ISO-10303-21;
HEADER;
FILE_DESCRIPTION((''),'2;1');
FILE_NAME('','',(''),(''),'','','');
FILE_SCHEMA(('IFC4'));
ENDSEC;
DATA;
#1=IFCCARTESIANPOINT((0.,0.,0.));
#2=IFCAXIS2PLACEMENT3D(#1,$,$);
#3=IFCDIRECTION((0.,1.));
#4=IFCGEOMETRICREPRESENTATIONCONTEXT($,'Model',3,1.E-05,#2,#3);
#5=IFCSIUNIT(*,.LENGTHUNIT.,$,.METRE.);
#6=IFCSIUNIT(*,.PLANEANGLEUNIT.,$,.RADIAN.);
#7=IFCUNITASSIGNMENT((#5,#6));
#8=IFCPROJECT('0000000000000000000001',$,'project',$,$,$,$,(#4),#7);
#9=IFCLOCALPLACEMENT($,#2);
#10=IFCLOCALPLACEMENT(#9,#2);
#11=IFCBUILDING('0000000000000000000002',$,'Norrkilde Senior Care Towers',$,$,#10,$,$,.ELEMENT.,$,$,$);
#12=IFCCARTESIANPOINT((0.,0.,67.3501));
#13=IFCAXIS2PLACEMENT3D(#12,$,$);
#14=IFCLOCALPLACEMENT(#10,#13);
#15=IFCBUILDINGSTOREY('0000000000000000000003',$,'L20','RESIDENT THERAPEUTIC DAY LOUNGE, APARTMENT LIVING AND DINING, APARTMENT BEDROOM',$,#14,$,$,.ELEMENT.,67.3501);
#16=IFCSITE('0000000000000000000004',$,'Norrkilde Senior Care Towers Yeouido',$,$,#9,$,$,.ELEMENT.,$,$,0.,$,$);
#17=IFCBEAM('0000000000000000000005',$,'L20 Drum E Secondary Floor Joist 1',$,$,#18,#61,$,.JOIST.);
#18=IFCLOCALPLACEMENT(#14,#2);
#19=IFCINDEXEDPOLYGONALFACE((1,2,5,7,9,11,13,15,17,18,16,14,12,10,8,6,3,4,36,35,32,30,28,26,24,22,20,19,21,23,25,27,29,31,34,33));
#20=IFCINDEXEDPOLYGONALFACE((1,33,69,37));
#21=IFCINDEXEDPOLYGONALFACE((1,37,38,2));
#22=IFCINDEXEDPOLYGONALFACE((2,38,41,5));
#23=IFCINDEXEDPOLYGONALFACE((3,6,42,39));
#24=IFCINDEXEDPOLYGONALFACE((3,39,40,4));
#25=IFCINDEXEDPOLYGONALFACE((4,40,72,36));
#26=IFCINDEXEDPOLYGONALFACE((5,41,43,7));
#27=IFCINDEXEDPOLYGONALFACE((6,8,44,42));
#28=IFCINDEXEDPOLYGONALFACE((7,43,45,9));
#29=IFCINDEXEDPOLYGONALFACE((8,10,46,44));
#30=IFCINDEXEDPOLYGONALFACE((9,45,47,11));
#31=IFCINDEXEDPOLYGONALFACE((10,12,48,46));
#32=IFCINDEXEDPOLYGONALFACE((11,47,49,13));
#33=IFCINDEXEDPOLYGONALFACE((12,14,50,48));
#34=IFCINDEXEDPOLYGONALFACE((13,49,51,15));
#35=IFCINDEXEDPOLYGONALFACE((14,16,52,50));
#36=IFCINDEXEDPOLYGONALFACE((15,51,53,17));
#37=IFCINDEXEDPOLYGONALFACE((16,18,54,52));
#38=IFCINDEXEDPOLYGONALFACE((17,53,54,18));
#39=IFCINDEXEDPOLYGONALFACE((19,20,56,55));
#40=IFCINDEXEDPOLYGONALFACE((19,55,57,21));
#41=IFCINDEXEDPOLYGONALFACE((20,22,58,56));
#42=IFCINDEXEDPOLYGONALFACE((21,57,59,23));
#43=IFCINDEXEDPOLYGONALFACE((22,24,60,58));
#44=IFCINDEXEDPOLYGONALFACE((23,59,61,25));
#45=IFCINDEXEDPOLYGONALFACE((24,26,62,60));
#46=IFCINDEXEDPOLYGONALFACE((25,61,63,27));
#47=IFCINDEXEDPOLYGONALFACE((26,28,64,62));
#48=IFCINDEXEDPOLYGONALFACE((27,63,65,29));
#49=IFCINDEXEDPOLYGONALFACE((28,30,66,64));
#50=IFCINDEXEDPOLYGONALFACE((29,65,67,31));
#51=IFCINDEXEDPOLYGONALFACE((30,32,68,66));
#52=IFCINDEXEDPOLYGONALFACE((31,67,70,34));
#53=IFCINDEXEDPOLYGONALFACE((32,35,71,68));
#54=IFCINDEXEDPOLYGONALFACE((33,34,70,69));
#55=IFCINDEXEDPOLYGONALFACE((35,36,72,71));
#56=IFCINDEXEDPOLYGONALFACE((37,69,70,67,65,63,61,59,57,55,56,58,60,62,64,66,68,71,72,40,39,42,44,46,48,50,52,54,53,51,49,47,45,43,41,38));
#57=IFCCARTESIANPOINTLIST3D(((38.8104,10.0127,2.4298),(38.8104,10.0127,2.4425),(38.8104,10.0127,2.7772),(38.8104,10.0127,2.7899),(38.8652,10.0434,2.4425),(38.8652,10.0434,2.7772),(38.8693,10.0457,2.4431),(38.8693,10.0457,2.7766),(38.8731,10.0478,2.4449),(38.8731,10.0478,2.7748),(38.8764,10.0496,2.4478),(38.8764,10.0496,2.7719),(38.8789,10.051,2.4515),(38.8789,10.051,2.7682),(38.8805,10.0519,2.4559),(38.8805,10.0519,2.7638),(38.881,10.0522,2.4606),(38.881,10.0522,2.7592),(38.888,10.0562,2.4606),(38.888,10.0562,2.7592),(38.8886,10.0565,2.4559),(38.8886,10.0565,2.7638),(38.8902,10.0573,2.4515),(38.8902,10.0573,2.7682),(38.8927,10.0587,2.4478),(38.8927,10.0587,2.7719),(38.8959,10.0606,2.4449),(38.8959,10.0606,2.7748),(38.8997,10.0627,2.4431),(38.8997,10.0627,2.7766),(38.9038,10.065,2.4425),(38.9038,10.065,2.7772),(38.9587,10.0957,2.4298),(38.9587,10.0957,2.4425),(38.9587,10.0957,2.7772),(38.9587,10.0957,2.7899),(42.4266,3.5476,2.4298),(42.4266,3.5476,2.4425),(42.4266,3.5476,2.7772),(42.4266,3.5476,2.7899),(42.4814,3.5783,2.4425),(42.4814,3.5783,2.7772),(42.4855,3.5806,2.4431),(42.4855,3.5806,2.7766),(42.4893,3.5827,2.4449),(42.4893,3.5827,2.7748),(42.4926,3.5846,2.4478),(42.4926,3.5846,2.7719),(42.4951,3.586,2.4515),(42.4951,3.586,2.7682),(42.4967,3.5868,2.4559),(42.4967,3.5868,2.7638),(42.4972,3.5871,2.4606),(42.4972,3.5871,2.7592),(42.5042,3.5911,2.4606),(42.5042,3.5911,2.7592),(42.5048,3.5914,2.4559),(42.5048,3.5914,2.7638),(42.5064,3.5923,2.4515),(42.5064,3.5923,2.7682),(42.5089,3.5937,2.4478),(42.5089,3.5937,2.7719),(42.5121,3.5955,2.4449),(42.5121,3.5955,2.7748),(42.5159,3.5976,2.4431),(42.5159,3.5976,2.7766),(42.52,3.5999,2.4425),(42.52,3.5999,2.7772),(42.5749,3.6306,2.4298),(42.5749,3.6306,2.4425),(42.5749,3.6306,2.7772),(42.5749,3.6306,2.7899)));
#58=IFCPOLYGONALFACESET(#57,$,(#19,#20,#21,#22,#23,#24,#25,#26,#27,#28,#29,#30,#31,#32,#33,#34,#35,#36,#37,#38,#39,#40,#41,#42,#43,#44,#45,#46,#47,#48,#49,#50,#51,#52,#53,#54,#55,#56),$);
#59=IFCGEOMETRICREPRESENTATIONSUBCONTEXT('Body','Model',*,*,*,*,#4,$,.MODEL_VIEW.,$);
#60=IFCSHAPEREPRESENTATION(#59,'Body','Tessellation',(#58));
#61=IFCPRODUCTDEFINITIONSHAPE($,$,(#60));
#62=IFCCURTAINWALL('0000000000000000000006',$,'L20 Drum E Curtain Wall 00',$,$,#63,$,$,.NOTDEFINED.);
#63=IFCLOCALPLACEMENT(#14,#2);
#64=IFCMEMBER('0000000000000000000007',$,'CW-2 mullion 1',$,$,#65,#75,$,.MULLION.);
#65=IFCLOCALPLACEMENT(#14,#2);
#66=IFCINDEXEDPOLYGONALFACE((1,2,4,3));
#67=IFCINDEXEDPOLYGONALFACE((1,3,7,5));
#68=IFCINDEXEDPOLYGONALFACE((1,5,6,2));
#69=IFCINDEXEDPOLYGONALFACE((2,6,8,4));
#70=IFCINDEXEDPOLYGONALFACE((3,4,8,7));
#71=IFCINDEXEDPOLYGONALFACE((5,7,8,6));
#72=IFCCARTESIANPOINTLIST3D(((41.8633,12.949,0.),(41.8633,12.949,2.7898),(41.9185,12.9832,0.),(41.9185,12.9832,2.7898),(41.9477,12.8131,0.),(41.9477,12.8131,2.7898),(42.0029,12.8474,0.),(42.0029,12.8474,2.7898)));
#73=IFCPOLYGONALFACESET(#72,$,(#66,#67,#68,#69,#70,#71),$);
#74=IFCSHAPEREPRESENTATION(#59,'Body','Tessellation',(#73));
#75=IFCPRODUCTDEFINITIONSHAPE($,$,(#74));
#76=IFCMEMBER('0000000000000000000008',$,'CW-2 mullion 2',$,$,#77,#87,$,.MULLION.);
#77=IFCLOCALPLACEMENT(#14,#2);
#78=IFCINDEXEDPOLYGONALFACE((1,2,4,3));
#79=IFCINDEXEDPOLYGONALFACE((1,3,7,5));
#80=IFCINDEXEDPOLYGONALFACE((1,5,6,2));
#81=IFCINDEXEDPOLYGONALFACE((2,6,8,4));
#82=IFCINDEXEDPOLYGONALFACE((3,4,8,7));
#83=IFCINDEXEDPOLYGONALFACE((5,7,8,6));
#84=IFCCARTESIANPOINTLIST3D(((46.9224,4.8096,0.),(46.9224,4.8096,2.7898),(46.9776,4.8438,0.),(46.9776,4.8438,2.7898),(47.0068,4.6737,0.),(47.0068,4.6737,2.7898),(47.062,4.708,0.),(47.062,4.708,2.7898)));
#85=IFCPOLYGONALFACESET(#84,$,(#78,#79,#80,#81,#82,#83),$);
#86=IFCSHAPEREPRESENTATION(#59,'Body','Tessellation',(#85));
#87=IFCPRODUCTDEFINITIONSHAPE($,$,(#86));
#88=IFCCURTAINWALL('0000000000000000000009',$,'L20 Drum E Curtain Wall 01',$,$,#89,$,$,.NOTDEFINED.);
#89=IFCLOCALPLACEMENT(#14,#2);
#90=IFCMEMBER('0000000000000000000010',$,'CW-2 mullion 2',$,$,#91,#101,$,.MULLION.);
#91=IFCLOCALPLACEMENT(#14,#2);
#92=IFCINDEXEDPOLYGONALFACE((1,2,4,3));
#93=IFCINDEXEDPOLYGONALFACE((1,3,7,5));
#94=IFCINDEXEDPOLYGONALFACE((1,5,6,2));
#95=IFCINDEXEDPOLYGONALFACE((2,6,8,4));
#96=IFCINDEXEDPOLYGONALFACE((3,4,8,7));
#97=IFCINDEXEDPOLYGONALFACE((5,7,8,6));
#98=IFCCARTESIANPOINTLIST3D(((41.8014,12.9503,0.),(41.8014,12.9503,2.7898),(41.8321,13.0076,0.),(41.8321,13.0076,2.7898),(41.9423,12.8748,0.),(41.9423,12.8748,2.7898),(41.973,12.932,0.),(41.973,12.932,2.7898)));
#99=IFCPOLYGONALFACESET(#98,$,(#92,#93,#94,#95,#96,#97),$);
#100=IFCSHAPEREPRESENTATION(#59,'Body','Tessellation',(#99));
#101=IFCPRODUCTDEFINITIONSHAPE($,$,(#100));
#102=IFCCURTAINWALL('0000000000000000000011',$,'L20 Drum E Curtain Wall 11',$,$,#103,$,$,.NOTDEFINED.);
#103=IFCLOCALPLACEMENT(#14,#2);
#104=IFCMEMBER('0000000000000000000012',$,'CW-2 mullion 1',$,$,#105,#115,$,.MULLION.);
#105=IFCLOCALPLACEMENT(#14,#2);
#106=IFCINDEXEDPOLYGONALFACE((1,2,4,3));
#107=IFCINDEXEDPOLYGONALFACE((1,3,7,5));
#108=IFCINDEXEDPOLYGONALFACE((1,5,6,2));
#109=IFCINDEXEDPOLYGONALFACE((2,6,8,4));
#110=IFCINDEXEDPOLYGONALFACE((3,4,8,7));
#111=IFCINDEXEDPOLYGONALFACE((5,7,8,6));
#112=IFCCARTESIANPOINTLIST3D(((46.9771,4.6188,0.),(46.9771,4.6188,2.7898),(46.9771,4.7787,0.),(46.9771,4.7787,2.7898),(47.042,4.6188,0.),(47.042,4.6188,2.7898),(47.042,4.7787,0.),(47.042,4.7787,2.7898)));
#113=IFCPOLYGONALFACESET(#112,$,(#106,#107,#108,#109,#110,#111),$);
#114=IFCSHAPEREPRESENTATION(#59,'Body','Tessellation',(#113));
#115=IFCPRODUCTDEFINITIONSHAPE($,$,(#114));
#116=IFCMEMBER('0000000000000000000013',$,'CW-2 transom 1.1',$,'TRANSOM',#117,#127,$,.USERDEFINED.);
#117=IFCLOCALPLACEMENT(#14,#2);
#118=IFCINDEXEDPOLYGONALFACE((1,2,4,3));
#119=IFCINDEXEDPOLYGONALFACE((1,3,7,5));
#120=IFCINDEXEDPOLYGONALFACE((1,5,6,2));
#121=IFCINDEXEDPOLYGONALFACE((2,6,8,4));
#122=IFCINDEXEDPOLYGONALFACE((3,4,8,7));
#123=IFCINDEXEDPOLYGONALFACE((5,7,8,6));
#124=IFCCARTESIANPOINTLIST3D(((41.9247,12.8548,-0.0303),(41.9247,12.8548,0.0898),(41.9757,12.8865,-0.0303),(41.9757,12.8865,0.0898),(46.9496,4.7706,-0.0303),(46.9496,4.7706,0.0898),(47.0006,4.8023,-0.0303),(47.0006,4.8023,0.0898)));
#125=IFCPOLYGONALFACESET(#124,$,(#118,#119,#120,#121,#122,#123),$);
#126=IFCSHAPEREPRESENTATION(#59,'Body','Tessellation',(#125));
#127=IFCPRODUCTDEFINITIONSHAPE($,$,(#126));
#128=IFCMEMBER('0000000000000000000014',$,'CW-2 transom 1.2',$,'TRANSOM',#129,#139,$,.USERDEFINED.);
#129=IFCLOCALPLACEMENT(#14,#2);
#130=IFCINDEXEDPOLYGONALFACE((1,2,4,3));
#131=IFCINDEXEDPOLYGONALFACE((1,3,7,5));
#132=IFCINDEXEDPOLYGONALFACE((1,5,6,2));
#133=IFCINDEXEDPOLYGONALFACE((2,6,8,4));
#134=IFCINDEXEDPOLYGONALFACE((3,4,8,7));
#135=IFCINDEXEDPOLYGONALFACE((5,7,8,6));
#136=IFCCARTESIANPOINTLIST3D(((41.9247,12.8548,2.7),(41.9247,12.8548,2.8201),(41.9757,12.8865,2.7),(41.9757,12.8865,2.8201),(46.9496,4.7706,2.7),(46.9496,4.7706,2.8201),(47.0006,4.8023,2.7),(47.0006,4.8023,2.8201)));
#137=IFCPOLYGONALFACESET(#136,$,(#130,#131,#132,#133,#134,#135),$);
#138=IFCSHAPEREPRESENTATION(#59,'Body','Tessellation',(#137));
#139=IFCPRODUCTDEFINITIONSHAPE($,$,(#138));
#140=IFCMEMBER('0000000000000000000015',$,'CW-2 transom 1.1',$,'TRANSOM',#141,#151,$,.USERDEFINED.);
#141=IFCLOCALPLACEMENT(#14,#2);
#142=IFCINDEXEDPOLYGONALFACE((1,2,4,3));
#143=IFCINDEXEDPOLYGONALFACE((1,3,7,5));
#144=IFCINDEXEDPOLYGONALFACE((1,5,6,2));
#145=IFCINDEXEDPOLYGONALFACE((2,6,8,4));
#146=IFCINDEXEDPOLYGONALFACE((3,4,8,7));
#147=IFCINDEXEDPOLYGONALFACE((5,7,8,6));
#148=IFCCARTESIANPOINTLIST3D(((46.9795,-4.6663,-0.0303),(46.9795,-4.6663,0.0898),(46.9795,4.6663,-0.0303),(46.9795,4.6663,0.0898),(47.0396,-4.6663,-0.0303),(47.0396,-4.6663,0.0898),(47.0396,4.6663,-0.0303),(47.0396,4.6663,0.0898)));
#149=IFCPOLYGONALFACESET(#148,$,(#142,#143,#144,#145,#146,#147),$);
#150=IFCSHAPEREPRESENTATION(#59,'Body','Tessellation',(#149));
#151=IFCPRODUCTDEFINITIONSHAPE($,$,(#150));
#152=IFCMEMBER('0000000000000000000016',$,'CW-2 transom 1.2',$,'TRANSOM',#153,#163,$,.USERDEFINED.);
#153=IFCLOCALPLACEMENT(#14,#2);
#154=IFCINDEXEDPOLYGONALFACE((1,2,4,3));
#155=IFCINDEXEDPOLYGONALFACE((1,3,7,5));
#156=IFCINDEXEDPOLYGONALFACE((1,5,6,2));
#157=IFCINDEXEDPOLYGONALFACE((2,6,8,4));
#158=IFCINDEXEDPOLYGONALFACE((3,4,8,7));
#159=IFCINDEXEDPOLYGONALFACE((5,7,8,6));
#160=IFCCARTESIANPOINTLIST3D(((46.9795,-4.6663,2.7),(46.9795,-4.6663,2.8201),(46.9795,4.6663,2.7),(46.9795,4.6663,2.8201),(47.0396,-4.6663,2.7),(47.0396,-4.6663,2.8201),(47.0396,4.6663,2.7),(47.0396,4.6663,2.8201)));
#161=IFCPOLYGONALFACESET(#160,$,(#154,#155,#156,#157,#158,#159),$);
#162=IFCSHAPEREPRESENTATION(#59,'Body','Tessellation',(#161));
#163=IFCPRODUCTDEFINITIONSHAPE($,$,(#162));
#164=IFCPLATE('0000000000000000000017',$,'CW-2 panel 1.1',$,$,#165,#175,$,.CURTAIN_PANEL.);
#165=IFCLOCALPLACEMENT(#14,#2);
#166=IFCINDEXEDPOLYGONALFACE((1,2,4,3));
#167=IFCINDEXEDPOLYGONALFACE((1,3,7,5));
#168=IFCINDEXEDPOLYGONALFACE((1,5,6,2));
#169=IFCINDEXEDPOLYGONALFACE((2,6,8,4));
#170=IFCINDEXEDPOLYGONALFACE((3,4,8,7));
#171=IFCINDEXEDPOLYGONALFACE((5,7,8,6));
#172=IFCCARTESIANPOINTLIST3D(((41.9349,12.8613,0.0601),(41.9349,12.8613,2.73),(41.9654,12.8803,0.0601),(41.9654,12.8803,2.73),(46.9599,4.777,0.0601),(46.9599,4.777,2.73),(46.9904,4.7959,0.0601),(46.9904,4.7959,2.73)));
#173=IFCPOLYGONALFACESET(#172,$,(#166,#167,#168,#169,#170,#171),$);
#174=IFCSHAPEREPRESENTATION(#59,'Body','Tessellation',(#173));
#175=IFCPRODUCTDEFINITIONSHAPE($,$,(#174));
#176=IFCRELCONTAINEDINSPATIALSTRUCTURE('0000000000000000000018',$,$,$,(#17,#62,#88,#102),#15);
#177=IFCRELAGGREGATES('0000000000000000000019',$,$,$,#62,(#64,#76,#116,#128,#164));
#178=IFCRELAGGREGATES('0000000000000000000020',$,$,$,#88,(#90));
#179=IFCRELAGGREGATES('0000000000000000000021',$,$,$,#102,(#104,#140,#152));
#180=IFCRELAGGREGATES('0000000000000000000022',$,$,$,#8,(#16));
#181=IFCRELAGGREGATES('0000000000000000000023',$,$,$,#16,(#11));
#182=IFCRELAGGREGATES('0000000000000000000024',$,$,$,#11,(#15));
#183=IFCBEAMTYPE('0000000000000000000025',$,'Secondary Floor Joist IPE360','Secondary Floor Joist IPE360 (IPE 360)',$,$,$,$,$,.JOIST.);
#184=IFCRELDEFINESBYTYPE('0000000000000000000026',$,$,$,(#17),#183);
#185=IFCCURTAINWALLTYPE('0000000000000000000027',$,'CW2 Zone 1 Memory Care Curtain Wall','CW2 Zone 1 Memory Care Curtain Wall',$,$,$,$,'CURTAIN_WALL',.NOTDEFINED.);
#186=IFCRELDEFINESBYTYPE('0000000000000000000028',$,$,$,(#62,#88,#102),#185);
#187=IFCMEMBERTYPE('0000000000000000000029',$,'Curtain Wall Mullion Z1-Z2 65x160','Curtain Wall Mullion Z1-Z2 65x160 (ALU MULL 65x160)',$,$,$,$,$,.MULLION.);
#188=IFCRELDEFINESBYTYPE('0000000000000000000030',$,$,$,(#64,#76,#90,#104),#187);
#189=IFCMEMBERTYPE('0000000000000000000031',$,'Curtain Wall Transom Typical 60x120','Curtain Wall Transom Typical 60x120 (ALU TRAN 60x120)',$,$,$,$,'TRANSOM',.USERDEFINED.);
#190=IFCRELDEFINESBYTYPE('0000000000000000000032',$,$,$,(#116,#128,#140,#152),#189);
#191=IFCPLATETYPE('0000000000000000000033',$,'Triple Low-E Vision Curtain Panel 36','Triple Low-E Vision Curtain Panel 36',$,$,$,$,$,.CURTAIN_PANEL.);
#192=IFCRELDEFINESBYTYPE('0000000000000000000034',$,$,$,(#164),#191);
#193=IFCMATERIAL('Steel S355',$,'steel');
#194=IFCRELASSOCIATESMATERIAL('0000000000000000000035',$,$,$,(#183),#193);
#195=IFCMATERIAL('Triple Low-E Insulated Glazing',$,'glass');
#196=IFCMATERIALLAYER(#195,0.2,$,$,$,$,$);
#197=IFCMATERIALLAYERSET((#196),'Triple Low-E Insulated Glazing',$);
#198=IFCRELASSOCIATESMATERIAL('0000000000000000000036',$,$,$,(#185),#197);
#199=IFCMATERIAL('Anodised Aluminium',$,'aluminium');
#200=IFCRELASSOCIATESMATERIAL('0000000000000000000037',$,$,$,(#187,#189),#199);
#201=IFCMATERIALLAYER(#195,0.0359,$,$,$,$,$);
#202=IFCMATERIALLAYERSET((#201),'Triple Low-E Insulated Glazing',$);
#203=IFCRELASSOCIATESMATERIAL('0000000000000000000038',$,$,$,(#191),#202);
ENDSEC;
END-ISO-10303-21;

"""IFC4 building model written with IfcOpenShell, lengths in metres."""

from ifc_helpers import new_model, si_unit, direction, frame, origin, origin_2d, place, context, subcontext, project, spatial, rectangle, i_section, extrude, source, transform, mapped, material, layer, layer_set, material_profile, profile_set, type_object, type_shapes, element, aggregate, save


model = new_model("IFC4")

# Units and contexts
model_context = context("Model", 3, precision=1e-05, world=origin(), true_north=direction((0.0, 1.0)))
body_context = subcontext(model_context, "Body", "Model", "MODEL_VIEW")
ifc_project = project(units=[si_unit("LENGTHUNIT", "METRE"), si_unit("PLANEANGLEUNIT", "RADIAN")], contexts=[model_context])

# Site, building, storey
site_placement = place(None, origin())
site = spatial("IfcSite", under=ifc_project, at=site_placement, Name="Norrkilde Senior Care Towers Yeouido", CompositionType="ELEMENT", RefElevation=0.0)
building_placement = place(site_placement, origin())
building = spatial("IfcBuilding", under=site, at=building_placement, Name="Norrkilde Senior Care Towers", CompositionType="ELEMENT")
storey_placement = place(building_placement, frame((0.0, 0.0, 67.3501)))
storey = spatial("IfcBuildingStorey", under=building, at=storey_placement, Name="L20", Description="RESIDENT THERAPEUTIC DAY LOUNGE, APARTMENT LIVING AND DINING, APARTMENT BEDROOM", CompositionType="ELEMENT", Elevation=67.3501)

# Beam
ifc_material_1 = material(Name="Steel S355", Category="steel")
ifc_material_profile_1 = material_profile(ifc_material_1, i_section(OverallWidth=0.1699, OverallDepth=0.3601, WebThickness=0.0081, FlangeThickness=0.0127, FilletRadius=0.0181, at=origin_2d()), Name="IPE 360")
ifc_profile_set_1 = profile_set([ifc_material_profile_1], Name="Steel S355")
beam_type_1 = type_object("IfcBeamType", Name="Secondary Floor Joist IPE360", Description="Secondary Floor Joist IPE360 (IPE 360)", PredefinedType="JOIST", material=ifc_profile_set_1)
shared_shape_1 = source(origin(), body_context, "Body", "SweptSolid", [
    extrude(i_section(OverallWidth=0.1699, OverallDepth=0.3601, WebThickness=0.0081, FlangeThickness=0.0127, FilletRadius=0.0181, at=origin_2d()), origin(), (0.0, 0.0, 1.0), 7.4077),
])
type_shapes(beam_type_1, [shared_shape_1])
beam_1_placement = place(storey_placement, frame((42.5007, 3.5891, 2.6099), z_axis=(-0.488168, 0.87275, 0.0), x_axis=(-0.87275, -0.488168, 0.0)))
element("IfcBeam", 1, at=beam_1_placement, inside=storey, type_object=beam_type_1, Name="L20 Drum E Secondary Floor Joist 1", PredefinedType="JOIST", context=body_context, shape_type="MappedRepresentation", body=[
    mapped(shared_shape_1, transform((0.0, 0.0, 0.0), x_axis=(1.0, 0.0, 0.0), y_axis=(0.0, 1.0, 0.0), z_axis=(0.0, 0.0, 1.0), scale=1.0)),
])

# Curtain wall, members
ifc_material_2 = material(Name="Triple Low-E Insulated Glazing", Category="glass")
ifc_layer_1 = layer(ifc_material_2, 0.2)
ifc_layer_set_1 = layer_set([ifc_layer_1], Name="Triple Low-E Insulated Glazing")
curtain_wall_type = type_object("IfcCurtainWallType", Name="CW2 Zone 1 Memory Care Curtain Wall", Description="CW2 Zone 1 Memory Care Curtain Wall", ElementType="CURTAIN_WALL", PredefinedType="NOTDEFINED", material=ifc_layer_set_1)
curtain_wall_1_placement = place(storey_placement, origin())
curtain_wall_1 = element("IfcCurtainWall", 2, at=curtain_wall_1_placement, inside=storey, type_object=curtain_wall_type, Name="L20 Drum E Curtain Wall 00", PredefinedType="NOTDEFINED")
ifc_material_3 = material(Name="Anodised Aluminium", Category="aluminium")
ifc_material_profile_2 = material_profile(ifc_material_3, rectangle(XDim=0.0649, YDim=0.1599, at=origin_2d()), Name="ALU MULL 65x160")
ifc_profile_set_2 = profile_set([ifc_material_profile_2], Name="Anodised Aluminium")
member_type_1 = type_object("IfcMemberType", Name="Curtain Wall Mullion Z1-Z2 65x160", Description="Curtain Wall Mullion Z1-Z2 65x160 (ALU MULL 65x160)", PredefinedType="MULLION", material=ifc_profile_set_2)
shared_shape_2 = source(origin(), body_context, "Body", "SweptSolid", [
    extrude(rectangle(XDim=0.0649, YDim=0.1599, at=origin_2d()), origin(), (0.0, 0.0, 1.0), 2.7898),
])
type_shapes(member_type_1, [shared_shape_2])
member_1_placement = place(storey_placement, frame((41.9331, 12.8982, 0.0), z_axis=(0.0, 0.0, 1.0), x_axis=(0.849306, 0.527901, 0.0)))
member_1 = element("IfcMember", 3, at=member_1_placement, type_object=member_type_1, Name="CW-2 mullion 1", PredefinedType="MULLION", context=body_context, shape_type="MappedRepresentation", body=[
    mapped(shared_shape_2, transform((0.0, 0.0, 0.0), x_axis=(1.0, 0.0, 0.0), y_axis=(0.0, 1.0, 0.0), z_axis=(0.0, 0.0, 1.0), scale=1.0)),
])
member_2_placement = place(storey_placement, frame((46.9922, 4.7588, 0.0), z_axis=(0.0, 0.0, 1.0), x_axis=(0.849306, 0.527901, 0.0)))
member_2 = element("IfcMember", 4, at=member_2_placement, type_object=member_type_1, Name="CW-2 mullion 2", PredefinedType="MULLION", context=body_context, shape_type="MappedRepresentation", body=[
    mapped(shared_shape_2, transform((0.0, 0.0, 0.0), x_axis=(1.0, 0.0, 0.0), y_axis=(0.0, 1.0, 0.0), z_axis=(0.0, 0.0, 1.0), scale=1.0)),
])

# Curtain walls, members
curtain_wall_2_placement = place(storey_placement, origin())
curtain_wall_2 = element("IfcCurtainWall", 5, at=curtain_wall_2_placement, inside=storey, type_object=curtain_wall_type, Name="L20 Drum E Curtain Wall 01", PredefinedType="NOTDEFINED")
member_3_placement = place(storey_placement, frame((41.8872, 12.9412, 0.0), z_axis=(0.0, 0.0, 1.0), x_axis=(0.472608, 0.881273, 0.0)))
member_3 = element("IfcMember", 6, at=member_3_placement, type_object=member_type_1, Name="CW-2 mullion 2", PredefinedType="MULLION", context=body_context, shape_type="MappedRepresentation", body=[
    mapped(shared_shape_2, transform((0.0, 0.0, 0.0), x_axis=(1.0, 0.0, 0.0), y_axis=(0.0, 1.0, 0.0), z_axis=(0.0, 0.0, 1.0), scale=1.0)),
])
curtain_wall_3_placement = place(storey_placement, origin())
curtain_wall_3 = element("IfcCurtainWall", 7, at=curtain_wall_3_placement, inside=storey, type_object=curtain_wall_type, Name="L20 Drum E Curtain Wall 11", PredefinedType="NOTDEFINED")
member_4_placement = place(storey_placement, frame((47.0095, 4.6987, 0.0), z_axis=(0.0, 0.0, 1.0), x_axis=(1.0, 0.0, 0.0)))
member_4 = element("IfcMember", 8, at=member_4_placement, type_object=member_type_1, Name="CW-2 mullion 1", PredefinedType="MULLION", context=body_context, shape_type="MappedRepresentation", body=[
    mapped(shared_shape_2, transform((0.0, 0.0, 0.0), x_axis=(1.0, 0.0, 0.0), y_axis=(0.0, 1.0, 0.0), z_axis=(0.0, 0.0, 1.0), scale=1.0)),
])

# Members
ifc_material_profile_3 = material_profile(ifc_material_3, rectangle(XDim=0.0601, YDim=0.1201, at=origin_2d()), Name="ALU TRAN 60x120")
ifc_profile_set_3 = profile_set([ifc_material_profile_3], Name="Anodised Aluminium")
member_type_2 = type_object("IfcMemberType", Name="Curtain Wall Transom Typical 60x120", Description="Curtain Wall Transom Typical 60x120 (ALU TRAN 60x120)", ElementType="TRANSOM", PredefinedType="USERDEFINED", material=ifc_profile_set_3)
shared_shape_3 = source(origin(), body_context, "Body", "SweptSolid", [
    extrude(rectangle(XDim=0.0601, YDim=0.1201, at=origin_2d()), origin(), (0.0, 0.0, 1.0), 9.5186),
])
member_5_placement = place(storey_placement, frame((41.9502, 12.8706, 0.0298), z_axis=(0.527902, -0.849306, 0.0), x_axis=(0.849306, 0.527902, 0.0)))
member_5 = element("IfcMember", 9, at=member_5_placement, type_object=member_type_2, Name="CW-2 transom 1.1", ObjectType="TRANSOM", PredefinedType="USERDEFINED", context=body_context, shape_type="MappedRepresentation", body=[
    mapped(shared_shape_3, transform((0.0, 0.0, 0.0), x_axis=(1.0, 0.0, 0.0), y_axis=(0.0, 1.0, 0.0), z_axis=(0.0, 0.0, 1.0), scale=1.0)),
])
member_6_placement = place(storey_placement, frame((41.9502, 12.8706, 2.76), z_axis=(0.527902, -0.849306, 0.0), x_axis=(0.849306, 0.527902, 0.0)))
member_6 = element("IfcMember", 10, at=member_6_placement, type_object=member_type_2, Name="CW-2 transom 1.2", ObjectType="TRANSOM", PredefinedType="USERDEFINED", context=body_context, shape_type="MappedRepresentation", body=[
    mapped(shared_shape_3, transform((0.0, 0.0, 0.0), x_axis=(1.0, 0.0, 0.0), y_axis=(0.0, 1.0, 0.0), z_axis=(0.0, 0.0, 1.0), scale=1.0)),
])
shared_shape_4 = source(origin(), body_context, "Body", "SweptSolid", [
    extrude(rectangle(XDim=0.0601, YDim=0.1201, at=origin_2d()), origin(), (0.0, 0.0, 1.0), 9.3325),
])
type_shapes(member_type_2, [shared_shape_3, shared_shape_4])
member_7_placement = place(storey_placement, frame((47.0095, 4.6663, 0.0298), z_axis=(0.0, -1.0, 0.0), x_axis=(1.0, 0.0, 0.0)))
member_7 = element("IfcMember", 11, at=member_7_placement, type_object=member_type_2, Name="CW-2 transom 1.1", ObjectType="TRANSOM", PredefinedType="USERDEFINED", context=body_context, shape_type="MappedRepresentation", body=[
    mapped(shared_shape_4, transform((0.0, 0.0, 0.0), x_axis=(1.0, 0.0, 0.0), y_axis=(0.0, 1.0, 0.0), z_axis=(0.0, 0.0, 1.0), scale=1.0)),
])
member_8_placement = place(storey_placement, frame((47.0095, 4.6663, 2.76), z_axis=(0.0, -1.0, 0.0), x_axis=(1.0, 0.0, 0.0)))
member_8 = element("IfcMember", 12, at=member_8_placement, type_object=member_type_2, Name="CW-2 transom 1.2", ObjectType="TRANSOM", PredefinedType="USERDEFINED", context=body_context, shape_type="MappedRepresentation", body=[
    mapped(shared_shape_4, transform((0.0, 0.0, 0.0), x_axis=(1.0, 0.0, 0.0), y_axis=(0.0, 1.0, 0.0), z_axis=(0.0, 0.0, 1.0), scale=1.0)),
])

# Plate
ifc_layer_2 = layer(ifc_material_2, 0.0359)
ifc_layer_set_2 = layer_set([ifc_layer_2], Name="Triple Low-E Insulated Glazing")
plate_type = type_object("IfcPlateType", Name="Triple Low-E Vision Curtain Panel 36", Description="Triple Low-E Vision Curtain Panel 36", PredefinedType="CURTAIN_PANEL", material=ifc_layer_set_2)
shared_shape_5 = source(origin(), body_context, "Body", "SweptSolid", [
    extrude(rectangle(XDim=9.5188, YDim=0.0359, at=origin_2d()), origin(), (0.0, 0.0, 1.0), 2.6699),
])
plate_1_placement = place(storey_placement, frame((44.4626, 8.8286, 0.0601), z_axis=(0.0, 0.0, 1.0), x_axis=(0.527901, -0.849306, 0.0)))
plate_1 = element("IfcPlate", 13, at=plate_1_placement, type_object=plate_type, Name="CW-2 panel 1.1", PredefinedType="CURTAIN_PANEL", context=body_context, shape_type="MappedRepresentation", body=[
    mapped(shared_shape_5, transform((0.0, 0.0, 0.0), x_axis=(1.0, 0.0, 0.0), y_axis=(0.0, 1.0, 0.0), z_axis=(0.0, 0.0, 1.0), scale=1.0)),
])
aggregate(curtain_wall_1, [member_1, member_2, member_5, member_6, plate_1])
aggregate(curtain_wall_2, [member_3])
aggregate(curtain_wall_3, [member_4, member_7, member_8])

save(model, "model.ifc")
